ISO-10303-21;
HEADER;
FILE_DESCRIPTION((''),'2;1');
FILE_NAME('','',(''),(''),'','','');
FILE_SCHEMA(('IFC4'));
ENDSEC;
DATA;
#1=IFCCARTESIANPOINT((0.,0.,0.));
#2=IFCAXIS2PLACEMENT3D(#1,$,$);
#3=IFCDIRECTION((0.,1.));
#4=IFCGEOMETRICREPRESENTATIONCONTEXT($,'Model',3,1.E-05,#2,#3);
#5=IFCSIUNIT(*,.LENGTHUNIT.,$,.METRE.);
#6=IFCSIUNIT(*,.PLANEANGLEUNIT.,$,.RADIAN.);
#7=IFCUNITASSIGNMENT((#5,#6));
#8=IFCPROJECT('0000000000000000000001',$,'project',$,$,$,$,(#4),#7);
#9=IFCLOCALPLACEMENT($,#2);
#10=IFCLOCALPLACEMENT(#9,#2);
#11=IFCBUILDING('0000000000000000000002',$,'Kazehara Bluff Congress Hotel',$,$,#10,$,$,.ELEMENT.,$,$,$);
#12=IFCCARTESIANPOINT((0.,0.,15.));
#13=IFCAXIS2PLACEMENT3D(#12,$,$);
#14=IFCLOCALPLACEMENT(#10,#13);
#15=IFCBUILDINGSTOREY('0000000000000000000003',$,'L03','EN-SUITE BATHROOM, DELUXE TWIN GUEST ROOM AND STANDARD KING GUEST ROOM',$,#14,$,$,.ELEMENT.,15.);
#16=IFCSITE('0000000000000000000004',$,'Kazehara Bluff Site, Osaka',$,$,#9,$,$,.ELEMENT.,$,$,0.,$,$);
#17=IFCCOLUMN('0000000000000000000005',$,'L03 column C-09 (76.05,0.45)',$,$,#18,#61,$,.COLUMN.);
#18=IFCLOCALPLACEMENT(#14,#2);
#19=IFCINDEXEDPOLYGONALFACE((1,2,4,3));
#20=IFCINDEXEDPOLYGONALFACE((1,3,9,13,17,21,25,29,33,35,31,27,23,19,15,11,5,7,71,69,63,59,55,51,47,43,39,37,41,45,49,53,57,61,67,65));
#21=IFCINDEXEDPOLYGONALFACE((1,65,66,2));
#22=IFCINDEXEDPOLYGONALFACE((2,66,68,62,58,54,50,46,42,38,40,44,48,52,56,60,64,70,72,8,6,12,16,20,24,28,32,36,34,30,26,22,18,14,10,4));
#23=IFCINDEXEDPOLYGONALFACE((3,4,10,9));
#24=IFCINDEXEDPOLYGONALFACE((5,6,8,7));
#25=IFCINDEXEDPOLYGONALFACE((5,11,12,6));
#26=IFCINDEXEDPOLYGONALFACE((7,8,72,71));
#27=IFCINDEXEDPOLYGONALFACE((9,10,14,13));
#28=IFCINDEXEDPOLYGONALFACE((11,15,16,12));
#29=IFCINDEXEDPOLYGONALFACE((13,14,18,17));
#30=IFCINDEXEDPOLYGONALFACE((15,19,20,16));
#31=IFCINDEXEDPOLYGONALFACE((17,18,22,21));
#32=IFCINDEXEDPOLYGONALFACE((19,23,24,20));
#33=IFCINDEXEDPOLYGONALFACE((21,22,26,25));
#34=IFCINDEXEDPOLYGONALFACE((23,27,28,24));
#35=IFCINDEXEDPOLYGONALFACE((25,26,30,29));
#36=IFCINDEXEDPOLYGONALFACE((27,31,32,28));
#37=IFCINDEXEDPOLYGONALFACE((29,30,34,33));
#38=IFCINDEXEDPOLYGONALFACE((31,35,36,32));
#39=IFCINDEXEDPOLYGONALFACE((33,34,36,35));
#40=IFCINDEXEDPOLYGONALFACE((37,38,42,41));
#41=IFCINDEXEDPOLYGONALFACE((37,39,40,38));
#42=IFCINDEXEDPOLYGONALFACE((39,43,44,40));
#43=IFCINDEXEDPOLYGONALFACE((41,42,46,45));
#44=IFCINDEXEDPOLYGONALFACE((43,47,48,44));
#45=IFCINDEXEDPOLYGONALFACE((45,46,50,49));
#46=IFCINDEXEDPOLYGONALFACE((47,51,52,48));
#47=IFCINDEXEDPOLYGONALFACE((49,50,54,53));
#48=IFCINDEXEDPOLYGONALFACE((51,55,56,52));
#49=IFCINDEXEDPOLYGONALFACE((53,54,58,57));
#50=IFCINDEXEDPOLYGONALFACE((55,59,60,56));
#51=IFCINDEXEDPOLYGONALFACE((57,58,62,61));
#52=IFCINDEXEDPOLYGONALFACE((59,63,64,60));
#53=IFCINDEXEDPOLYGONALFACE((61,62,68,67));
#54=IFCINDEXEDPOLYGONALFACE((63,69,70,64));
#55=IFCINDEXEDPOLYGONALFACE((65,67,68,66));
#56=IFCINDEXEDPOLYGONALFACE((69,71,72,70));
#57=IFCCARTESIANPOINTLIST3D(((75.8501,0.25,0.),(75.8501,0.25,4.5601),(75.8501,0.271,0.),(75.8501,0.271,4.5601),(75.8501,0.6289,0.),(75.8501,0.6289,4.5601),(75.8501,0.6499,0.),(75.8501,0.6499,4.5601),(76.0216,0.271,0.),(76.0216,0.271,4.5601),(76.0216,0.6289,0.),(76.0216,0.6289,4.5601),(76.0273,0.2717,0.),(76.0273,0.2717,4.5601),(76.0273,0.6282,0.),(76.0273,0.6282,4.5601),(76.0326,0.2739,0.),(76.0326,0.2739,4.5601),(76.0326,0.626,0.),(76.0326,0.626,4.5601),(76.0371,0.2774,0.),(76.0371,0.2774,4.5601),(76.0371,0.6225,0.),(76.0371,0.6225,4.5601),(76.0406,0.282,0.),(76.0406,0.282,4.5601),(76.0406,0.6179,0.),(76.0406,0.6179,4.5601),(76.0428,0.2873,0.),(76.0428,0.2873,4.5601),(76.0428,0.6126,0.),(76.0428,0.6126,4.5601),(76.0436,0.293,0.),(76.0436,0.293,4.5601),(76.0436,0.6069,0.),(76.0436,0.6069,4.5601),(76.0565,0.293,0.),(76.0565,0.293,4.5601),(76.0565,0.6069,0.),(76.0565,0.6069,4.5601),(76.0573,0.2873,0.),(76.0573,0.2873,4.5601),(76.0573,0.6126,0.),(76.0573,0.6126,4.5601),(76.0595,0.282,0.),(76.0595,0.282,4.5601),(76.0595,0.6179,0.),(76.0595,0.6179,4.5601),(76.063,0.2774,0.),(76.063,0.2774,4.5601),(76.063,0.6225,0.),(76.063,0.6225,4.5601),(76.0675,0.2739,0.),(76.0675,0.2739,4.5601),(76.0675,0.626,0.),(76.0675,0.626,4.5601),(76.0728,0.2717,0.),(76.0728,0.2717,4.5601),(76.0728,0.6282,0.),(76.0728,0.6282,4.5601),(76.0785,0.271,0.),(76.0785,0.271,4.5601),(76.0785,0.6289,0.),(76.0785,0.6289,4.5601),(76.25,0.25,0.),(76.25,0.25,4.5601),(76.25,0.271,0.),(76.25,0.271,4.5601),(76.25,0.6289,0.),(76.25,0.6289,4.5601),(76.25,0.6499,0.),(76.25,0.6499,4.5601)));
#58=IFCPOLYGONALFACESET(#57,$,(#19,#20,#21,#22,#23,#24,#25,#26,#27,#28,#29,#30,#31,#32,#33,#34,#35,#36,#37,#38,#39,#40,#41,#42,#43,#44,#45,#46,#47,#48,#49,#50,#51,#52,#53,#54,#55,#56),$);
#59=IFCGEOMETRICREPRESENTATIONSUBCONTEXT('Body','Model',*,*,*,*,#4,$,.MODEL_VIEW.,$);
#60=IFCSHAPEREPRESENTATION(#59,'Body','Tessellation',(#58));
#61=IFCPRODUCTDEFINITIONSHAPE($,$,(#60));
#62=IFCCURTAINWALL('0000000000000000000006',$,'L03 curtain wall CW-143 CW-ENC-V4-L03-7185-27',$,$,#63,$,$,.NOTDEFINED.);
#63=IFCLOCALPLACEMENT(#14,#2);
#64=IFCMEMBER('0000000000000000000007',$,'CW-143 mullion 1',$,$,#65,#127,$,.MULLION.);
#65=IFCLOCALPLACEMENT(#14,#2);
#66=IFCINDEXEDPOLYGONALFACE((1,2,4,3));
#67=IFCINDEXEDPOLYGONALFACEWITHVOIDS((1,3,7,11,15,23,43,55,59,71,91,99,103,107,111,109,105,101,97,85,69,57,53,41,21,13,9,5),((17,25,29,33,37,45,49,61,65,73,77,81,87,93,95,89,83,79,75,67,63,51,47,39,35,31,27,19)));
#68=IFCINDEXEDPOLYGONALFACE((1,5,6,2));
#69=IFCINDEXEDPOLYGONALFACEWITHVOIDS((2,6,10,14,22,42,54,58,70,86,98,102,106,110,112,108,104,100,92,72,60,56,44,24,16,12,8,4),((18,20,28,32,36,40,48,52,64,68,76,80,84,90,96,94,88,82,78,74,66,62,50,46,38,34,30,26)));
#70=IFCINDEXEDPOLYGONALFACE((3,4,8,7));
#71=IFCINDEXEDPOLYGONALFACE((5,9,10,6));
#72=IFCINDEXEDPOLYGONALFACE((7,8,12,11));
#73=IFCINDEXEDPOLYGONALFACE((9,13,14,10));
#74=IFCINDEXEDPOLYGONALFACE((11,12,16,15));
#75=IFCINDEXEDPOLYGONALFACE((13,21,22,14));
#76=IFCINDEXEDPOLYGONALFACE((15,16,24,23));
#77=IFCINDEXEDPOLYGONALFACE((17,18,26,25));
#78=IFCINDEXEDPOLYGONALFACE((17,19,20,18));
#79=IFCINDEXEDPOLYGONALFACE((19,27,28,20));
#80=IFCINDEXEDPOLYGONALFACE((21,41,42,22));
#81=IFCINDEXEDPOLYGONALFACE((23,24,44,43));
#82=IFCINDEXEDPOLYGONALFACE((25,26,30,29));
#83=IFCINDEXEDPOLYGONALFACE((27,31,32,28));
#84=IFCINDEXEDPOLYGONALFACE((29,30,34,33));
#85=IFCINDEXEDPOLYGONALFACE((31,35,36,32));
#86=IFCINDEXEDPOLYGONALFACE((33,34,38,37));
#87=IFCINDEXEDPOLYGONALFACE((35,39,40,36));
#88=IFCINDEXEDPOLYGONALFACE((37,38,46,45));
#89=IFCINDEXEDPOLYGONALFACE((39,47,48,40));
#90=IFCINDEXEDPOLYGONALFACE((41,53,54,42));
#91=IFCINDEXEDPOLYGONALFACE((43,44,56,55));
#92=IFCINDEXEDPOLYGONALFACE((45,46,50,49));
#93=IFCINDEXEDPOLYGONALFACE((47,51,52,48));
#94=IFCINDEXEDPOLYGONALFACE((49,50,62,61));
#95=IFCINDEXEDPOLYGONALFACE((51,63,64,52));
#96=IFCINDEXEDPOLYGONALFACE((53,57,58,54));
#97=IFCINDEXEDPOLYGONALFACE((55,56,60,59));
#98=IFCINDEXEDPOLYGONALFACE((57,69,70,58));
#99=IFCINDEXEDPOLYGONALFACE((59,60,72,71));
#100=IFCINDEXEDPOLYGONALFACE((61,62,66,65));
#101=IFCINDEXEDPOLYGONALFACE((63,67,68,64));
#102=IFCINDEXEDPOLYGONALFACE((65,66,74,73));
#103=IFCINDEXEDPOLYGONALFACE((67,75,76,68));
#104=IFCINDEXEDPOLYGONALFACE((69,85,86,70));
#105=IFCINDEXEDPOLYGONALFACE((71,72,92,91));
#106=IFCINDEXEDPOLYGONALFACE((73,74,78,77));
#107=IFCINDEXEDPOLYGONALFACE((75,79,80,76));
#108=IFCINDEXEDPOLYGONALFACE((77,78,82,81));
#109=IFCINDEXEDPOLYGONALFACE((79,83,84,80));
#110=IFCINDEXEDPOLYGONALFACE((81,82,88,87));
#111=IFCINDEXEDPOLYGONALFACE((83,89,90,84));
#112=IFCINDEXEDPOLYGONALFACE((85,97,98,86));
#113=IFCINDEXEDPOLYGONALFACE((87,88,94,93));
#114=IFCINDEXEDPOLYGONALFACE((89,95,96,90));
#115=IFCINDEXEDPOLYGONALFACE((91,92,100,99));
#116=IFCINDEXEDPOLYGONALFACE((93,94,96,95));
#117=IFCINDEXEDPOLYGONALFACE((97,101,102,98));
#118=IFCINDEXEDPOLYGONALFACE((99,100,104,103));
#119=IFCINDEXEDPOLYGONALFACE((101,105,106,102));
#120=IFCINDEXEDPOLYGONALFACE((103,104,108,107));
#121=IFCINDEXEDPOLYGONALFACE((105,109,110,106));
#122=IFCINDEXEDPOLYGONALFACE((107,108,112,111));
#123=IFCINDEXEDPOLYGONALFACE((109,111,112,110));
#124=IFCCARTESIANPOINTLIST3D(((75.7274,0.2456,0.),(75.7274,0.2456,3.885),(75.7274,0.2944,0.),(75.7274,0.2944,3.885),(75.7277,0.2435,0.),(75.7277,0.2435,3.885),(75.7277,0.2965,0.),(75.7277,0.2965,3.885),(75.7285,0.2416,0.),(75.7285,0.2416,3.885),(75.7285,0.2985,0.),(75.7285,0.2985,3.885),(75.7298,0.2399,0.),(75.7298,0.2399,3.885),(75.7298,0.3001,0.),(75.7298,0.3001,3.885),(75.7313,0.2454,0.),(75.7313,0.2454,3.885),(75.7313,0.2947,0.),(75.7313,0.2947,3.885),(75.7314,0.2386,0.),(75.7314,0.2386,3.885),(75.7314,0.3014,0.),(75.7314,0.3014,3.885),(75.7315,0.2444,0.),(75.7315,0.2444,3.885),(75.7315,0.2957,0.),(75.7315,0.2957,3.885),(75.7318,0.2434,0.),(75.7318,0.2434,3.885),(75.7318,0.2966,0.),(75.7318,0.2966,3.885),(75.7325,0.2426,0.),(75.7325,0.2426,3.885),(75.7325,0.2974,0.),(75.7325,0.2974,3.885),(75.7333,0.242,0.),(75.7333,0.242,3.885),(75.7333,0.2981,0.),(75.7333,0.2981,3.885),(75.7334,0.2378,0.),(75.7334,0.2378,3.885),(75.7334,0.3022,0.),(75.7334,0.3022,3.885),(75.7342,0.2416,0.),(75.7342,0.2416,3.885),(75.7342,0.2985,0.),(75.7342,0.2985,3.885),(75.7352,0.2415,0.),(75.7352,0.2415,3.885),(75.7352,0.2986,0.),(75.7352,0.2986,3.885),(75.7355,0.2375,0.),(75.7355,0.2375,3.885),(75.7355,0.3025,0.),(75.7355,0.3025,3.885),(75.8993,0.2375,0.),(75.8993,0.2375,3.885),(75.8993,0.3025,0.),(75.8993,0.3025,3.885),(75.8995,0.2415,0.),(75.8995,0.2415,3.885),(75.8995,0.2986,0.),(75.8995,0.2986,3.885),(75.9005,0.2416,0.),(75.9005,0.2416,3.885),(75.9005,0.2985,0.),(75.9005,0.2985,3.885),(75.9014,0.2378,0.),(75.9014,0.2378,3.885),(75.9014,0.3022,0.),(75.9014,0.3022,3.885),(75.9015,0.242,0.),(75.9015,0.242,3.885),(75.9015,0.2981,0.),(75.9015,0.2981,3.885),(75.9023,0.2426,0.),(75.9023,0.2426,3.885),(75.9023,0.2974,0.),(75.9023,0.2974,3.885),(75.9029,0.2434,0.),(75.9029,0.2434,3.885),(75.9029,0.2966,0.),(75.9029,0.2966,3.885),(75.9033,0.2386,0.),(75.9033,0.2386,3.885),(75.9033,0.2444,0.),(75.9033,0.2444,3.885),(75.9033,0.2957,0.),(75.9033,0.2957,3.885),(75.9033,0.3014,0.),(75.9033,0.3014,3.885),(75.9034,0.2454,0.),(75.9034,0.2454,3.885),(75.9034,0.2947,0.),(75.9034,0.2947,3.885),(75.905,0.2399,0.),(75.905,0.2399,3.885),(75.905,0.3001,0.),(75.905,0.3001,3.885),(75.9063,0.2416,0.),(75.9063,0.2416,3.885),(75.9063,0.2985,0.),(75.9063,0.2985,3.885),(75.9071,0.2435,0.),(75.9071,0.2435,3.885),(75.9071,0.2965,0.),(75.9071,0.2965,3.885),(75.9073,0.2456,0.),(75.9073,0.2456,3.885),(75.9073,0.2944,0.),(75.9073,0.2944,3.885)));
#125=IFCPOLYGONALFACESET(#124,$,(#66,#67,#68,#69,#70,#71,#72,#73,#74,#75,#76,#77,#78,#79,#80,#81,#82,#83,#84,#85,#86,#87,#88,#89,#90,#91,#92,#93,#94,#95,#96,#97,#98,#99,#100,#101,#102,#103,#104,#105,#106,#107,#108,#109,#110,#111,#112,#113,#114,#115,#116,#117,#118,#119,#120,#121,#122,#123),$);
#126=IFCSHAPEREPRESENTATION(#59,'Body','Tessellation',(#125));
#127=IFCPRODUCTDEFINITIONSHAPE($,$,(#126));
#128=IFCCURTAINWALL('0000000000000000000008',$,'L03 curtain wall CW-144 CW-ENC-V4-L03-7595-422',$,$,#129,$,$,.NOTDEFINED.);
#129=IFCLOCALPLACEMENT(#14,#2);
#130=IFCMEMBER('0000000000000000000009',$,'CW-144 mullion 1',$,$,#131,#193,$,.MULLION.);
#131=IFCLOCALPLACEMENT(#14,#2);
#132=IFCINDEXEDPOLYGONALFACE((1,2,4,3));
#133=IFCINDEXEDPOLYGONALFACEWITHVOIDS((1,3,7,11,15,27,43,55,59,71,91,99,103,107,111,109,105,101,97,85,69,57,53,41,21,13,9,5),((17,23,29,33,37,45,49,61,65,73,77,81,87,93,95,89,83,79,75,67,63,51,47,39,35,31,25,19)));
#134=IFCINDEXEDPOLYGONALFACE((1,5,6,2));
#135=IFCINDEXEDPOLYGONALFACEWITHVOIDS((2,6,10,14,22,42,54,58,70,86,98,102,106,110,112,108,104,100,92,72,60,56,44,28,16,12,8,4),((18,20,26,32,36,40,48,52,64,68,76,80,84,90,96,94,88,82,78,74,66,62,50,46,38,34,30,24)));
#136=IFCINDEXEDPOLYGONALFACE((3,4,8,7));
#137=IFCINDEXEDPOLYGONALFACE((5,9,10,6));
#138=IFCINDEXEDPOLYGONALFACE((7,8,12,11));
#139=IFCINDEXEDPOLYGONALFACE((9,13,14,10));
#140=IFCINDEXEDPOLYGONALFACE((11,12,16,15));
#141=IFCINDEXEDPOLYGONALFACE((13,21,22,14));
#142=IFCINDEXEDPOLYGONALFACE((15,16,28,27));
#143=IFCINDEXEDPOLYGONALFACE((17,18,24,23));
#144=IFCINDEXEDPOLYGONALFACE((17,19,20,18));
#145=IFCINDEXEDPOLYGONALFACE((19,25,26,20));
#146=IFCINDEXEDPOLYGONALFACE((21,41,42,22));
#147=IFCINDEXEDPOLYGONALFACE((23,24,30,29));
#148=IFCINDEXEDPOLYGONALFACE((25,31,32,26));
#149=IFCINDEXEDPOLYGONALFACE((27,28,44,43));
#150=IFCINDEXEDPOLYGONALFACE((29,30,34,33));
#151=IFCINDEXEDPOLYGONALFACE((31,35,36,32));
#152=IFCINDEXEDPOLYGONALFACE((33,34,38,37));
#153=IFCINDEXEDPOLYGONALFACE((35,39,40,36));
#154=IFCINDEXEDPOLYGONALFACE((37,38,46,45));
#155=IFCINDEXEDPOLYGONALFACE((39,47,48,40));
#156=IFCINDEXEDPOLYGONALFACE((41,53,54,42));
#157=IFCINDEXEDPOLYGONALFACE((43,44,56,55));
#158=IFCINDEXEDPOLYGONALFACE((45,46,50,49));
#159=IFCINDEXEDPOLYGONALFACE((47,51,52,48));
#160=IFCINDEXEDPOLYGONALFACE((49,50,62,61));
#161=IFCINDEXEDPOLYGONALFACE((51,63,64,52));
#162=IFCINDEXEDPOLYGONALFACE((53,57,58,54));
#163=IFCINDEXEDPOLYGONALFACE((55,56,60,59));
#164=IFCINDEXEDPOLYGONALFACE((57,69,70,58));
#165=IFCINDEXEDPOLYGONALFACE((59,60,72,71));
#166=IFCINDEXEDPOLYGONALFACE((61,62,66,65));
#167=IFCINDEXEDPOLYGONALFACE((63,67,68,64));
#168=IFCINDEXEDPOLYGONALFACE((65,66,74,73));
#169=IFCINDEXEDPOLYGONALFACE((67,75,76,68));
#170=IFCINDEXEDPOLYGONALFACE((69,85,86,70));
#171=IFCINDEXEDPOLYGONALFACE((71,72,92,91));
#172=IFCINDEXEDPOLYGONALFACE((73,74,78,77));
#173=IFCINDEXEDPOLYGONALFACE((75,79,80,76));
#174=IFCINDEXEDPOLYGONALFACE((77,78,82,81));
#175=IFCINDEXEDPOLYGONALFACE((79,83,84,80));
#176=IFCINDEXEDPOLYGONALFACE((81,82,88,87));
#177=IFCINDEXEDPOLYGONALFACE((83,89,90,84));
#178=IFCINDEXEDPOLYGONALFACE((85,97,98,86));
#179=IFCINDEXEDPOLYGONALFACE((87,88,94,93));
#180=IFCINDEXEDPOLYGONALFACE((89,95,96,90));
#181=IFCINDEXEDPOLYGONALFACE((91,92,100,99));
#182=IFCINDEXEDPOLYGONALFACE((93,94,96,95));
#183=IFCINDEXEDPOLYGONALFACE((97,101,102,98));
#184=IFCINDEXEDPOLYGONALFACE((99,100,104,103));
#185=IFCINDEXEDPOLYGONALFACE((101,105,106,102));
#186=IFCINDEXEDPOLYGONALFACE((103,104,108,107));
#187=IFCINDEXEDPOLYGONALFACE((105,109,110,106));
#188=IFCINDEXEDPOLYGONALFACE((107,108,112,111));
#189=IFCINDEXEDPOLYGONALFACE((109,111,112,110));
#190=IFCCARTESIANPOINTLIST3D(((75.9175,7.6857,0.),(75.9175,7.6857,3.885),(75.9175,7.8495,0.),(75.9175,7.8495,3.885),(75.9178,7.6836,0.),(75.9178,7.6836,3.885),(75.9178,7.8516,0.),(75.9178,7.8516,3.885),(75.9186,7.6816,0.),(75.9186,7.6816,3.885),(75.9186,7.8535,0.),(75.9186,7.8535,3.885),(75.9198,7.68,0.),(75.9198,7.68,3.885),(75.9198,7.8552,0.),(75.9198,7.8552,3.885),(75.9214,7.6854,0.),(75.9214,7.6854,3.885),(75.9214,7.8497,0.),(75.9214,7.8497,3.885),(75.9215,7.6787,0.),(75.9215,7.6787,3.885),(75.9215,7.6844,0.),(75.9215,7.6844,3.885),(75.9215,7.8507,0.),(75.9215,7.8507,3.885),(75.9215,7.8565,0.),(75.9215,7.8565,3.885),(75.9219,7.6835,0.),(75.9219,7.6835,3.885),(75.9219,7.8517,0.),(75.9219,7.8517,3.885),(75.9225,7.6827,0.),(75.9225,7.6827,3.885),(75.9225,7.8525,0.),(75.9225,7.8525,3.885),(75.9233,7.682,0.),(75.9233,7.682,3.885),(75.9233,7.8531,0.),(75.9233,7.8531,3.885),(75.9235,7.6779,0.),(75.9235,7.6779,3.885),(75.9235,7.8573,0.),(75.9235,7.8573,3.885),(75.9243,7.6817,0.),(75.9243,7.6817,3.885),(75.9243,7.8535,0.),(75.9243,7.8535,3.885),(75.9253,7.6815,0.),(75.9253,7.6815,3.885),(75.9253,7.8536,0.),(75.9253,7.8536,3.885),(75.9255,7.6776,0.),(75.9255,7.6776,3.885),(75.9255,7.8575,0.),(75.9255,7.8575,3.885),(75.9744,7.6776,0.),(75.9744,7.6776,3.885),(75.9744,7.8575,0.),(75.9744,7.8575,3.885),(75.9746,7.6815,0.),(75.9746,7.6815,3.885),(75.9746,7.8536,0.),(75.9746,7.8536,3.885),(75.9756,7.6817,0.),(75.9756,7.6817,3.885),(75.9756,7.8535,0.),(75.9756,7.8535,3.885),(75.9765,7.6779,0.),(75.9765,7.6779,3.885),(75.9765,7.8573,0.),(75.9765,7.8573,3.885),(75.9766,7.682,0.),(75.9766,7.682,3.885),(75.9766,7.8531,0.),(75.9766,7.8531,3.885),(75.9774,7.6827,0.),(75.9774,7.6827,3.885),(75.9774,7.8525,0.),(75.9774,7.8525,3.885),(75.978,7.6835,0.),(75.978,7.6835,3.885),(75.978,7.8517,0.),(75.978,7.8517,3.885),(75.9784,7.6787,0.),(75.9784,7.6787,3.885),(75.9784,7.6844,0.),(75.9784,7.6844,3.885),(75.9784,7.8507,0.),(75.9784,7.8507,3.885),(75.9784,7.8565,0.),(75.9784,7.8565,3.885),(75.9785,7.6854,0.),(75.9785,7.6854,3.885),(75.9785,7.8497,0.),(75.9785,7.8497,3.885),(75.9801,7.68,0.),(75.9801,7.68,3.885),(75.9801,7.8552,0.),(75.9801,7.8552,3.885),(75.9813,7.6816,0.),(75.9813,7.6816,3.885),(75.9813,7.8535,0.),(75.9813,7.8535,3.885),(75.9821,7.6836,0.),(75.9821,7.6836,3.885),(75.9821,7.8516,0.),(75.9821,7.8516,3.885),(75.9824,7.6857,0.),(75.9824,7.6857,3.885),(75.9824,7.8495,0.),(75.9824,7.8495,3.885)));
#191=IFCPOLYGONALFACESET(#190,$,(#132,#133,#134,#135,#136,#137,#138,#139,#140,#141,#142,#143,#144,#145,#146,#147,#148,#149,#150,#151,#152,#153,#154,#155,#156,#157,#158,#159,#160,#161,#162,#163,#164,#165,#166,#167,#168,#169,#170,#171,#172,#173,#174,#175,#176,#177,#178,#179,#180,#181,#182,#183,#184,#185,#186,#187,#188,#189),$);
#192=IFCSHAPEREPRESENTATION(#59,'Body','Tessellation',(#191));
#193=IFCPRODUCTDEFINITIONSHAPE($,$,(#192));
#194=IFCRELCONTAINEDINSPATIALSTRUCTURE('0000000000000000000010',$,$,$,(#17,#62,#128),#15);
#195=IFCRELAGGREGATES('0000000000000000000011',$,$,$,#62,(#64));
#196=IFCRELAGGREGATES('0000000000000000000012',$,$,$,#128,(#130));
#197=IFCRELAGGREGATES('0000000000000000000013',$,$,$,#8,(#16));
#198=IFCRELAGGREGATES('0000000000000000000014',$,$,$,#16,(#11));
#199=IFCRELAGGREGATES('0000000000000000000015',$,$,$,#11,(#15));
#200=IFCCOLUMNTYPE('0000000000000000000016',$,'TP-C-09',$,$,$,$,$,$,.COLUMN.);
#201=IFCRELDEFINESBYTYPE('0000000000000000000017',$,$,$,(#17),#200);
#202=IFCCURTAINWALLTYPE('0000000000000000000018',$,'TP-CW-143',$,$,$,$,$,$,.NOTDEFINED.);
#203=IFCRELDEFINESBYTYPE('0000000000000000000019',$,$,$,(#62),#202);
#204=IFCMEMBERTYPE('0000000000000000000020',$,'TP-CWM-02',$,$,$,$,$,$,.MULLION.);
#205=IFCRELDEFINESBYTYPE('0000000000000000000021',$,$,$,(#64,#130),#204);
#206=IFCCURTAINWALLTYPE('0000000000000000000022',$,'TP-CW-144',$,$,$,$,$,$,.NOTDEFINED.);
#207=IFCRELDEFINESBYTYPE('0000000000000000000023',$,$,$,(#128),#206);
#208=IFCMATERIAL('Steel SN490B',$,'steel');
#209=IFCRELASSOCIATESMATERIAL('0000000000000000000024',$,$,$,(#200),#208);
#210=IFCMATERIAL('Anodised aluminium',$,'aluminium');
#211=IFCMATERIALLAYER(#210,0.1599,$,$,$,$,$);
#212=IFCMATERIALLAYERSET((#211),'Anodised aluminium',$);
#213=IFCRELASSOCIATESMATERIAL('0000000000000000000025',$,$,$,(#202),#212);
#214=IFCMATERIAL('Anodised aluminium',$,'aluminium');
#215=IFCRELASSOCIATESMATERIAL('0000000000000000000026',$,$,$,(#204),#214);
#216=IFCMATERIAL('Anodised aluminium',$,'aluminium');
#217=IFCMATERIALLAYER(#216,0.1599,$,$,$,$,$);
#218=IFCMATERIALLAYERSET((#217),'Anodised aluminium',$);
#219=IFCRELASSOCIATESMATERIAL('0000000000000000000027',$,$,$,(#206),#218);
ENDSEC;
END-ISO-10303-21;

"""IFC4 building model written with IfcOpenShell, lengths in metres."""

from ifc_helpers import new_model, si_unit, direction, frame, origin, origin_2d, place, context, subcontext, project, spatial, hollow_rectangle, i_section, extrude, material, layer, layer_set, material_profile, profile_set, type_object, element, aggregate, save


model = new_model("IFC4")

# Units and contexts
model_context = context("Model", 3, precision=1e-05, world=origin(), true_north=direction((0.0, 1.0)))
body_context = subcontext(model_context, "Body", "Model", "MODEL_VIEW")
ifc_project = project(units=[si_unit("LENGTHUNIT", "METRE"), si_unit("PLANEANGLEUNIT", "RADIAN")], contexts=[model_context])

# Site, building, storey
site_placement = place(None, origin())
site = spatial("IfcSite", under=ifc_project, at=site_placement, Name="Kazehara Bluff Site, Osaka", CompositionType="ELEMENT", RefElevation=0.0)
building_placement = place(site_placement, origin())
building = spatial("IfcBuilding", under=site, at=building_placement, Name="Kazehara Bluff Congress Hotel", CompositionType="ELEMENT")
storey_placement = place(building_placement, frame((0.0, 0.0, 15.0)))
storey = spatial("IfcBuildingStorey", under=building, at=storey_placement, Name="L03", Description="EN-SUITE BATHROOM, DELUXE TWIN GUEST ROOM AND STANDARD KING GUEST ROOM", CompositionType="ELEMENT", Elevation=15.0)

# Column
ifc_material_1 = material(Name="Steel SN490B", Category="steel")
ifc_material_profile_1 = material_profile(ifc_material_1, i_section(OverallWidth=0.3999, OverallDepth=0.3999, WebThickness=0.0129, FlangeThickness=0.021, FilletRadius=0.022, at=origin_2d()))
ifc_profile_set_1 = profile_set([ifc_material_profile_1], Name="Steel SN490B")
column_type = type_object("IfcColumnType", Name="TP-C-09", PredefinedType="COLUMN", material=ifc_profile_set_1)
column_placement = place(storey_placement, frame((76.05, 0.45, 0.0), z_axis=(0.0, 0.0, 1.0), x_axis=(1.0, 0.0, 0.0)))
element("IfcColumn", 1, at=column_placement, inside=storey, type_object=column_type, Name="L03 column C-09 (76.05,0.45)", PredefinedType="COLUMN", context=body_context, shape_type="SweptSolid", body=[
    extrude(i_section(OverallWidth=0.3999, OverallDepth=0.3999, WebThickness=0.0129, FlangeThickness=0.021, FilletRadius=0.022, at=origin_2d()), origin(), (0.0, 0.0, 1.0), 4.5601),
])

# Curtain wall, member
ifc_material_2 = material(Name="Anodised aluminium", Category="aluminium")
ifc_layer_1 = layer(ifc_material_2, 0.1599)
ifc_layer_set_1 = layer_set([ifc_layer_1], Name="Anodised aluminium")
curtain_wall_type_1 = type_object("IfcCurtainWallType", Name="TP-CW-143", PredefinedType="NOTDEFINED", material=ifc_layer_set_1)
curtain_wall_1_placement = place(storey_placement, origin())
curtain_wall_1 = element("IfcCurtainWall", 2, at=curtain_wall_1_placement, inside=storey, type_object=curtain_wall_type_1, Name="L03 curtain wall CW-143 CW-ENC-V4-L03-7185-27", PredefinedType="NOTDEFINED")
ifc_material_3 = material(Name="Anodised aluminium", Category="aluminium")
ifc_material_profile_2 = material_profile(ifc_material_3, hollow_rectangle(XDim=0.0649, YDim=0.1799, WallThickness=0.0039, InnerFilletRadius=0.0039, OuterFilletRadius=0.0081, at=origin_2d()))
ifc_profile_set_2 = profile_set([ifc_material_profile_2], Name="Anodised aluminium")
member_type_1 = type_object("IfcMemberType", Name="TP-CWM-02", PredefinedType="MULLION", material=ifc_profile_set_2)
member_1_placement = place(storey_placement, frame((75.8174, 0.27, 0.0), z_axis=(0.0, 0.0, 1.0), x_axis=(0.0, -1.0, 0.0)))
member_1 = element("IfcMember", 3, at=member_1_placement, type_object=member_type_1, Name="CW-143 mullion 1", PredefinedType="MULLION", context=body_context, shape_type="SweptSolid", body=[
    extrude(hollow_rectangle(XDim=0.0649, YDim=0.1799, WallThickness=0.0039, InnerFilletRadius=0.0039, OuterFilletRadius=0.0081, at=origin_2d()), origin(), (0.0, 0.0, 1.0), 3.885),
])

# Curtain wall, member
ifc_material_4 = material(Name="Anodised aluminium", Category="aluminium")
ifc_layer_2 = layer(ifc_material_4, 0.1599)
ifc_layer_set_2 = layer_set([ifc_layer_2], Name="Anodised aluminium")
curtain_wall_type_2 = type_object("IfcCurtainWallType", Name="TP-CW-144", PredefinedType="NOTDEFINED", material=ifc_layer_set_2)
curtain_wall_2_placement = place(storey_placement, origin())
curtain_wall_2 = element("IfcCurtainWall", 4, at=curtain_wall_2_placement, inside=storey, type_object=curtain_wall_type_2, Name="L03 curtain wall CW-144 CW-ENC-V4-L03-7595-422", PredefinedType="NOTDEFINED")
member_2_placement = place(storey_placement, frame((75.95, 7.7676, 0.0), z_axis=(0.0, 0.0, 1.0), x_axis=(1.0, 0.0, 0.0)))
member_2 = element("IfcMember", 5, at=member_2_placement, type_object=member_type_1, Name="CW-144 mullion 1", PredefinedType="MULLION", context=body_context, shape_type="SweptSolid", body=[
    extrude(hollow_rectangle(XDim=0.0649, YDim=0.1799, WallThickness=0.0039, InnerFilletRadius=0.0039, OuterFilletRadius=0.0081, at=origin_2d()), origin(), (0.0, 0.0, 1.0), 3.885),
])

aggregate(curtain_wall_1, [member_1])

aggregate(curtain_wall_2, [member_2])

save(model, "model.ifc")
